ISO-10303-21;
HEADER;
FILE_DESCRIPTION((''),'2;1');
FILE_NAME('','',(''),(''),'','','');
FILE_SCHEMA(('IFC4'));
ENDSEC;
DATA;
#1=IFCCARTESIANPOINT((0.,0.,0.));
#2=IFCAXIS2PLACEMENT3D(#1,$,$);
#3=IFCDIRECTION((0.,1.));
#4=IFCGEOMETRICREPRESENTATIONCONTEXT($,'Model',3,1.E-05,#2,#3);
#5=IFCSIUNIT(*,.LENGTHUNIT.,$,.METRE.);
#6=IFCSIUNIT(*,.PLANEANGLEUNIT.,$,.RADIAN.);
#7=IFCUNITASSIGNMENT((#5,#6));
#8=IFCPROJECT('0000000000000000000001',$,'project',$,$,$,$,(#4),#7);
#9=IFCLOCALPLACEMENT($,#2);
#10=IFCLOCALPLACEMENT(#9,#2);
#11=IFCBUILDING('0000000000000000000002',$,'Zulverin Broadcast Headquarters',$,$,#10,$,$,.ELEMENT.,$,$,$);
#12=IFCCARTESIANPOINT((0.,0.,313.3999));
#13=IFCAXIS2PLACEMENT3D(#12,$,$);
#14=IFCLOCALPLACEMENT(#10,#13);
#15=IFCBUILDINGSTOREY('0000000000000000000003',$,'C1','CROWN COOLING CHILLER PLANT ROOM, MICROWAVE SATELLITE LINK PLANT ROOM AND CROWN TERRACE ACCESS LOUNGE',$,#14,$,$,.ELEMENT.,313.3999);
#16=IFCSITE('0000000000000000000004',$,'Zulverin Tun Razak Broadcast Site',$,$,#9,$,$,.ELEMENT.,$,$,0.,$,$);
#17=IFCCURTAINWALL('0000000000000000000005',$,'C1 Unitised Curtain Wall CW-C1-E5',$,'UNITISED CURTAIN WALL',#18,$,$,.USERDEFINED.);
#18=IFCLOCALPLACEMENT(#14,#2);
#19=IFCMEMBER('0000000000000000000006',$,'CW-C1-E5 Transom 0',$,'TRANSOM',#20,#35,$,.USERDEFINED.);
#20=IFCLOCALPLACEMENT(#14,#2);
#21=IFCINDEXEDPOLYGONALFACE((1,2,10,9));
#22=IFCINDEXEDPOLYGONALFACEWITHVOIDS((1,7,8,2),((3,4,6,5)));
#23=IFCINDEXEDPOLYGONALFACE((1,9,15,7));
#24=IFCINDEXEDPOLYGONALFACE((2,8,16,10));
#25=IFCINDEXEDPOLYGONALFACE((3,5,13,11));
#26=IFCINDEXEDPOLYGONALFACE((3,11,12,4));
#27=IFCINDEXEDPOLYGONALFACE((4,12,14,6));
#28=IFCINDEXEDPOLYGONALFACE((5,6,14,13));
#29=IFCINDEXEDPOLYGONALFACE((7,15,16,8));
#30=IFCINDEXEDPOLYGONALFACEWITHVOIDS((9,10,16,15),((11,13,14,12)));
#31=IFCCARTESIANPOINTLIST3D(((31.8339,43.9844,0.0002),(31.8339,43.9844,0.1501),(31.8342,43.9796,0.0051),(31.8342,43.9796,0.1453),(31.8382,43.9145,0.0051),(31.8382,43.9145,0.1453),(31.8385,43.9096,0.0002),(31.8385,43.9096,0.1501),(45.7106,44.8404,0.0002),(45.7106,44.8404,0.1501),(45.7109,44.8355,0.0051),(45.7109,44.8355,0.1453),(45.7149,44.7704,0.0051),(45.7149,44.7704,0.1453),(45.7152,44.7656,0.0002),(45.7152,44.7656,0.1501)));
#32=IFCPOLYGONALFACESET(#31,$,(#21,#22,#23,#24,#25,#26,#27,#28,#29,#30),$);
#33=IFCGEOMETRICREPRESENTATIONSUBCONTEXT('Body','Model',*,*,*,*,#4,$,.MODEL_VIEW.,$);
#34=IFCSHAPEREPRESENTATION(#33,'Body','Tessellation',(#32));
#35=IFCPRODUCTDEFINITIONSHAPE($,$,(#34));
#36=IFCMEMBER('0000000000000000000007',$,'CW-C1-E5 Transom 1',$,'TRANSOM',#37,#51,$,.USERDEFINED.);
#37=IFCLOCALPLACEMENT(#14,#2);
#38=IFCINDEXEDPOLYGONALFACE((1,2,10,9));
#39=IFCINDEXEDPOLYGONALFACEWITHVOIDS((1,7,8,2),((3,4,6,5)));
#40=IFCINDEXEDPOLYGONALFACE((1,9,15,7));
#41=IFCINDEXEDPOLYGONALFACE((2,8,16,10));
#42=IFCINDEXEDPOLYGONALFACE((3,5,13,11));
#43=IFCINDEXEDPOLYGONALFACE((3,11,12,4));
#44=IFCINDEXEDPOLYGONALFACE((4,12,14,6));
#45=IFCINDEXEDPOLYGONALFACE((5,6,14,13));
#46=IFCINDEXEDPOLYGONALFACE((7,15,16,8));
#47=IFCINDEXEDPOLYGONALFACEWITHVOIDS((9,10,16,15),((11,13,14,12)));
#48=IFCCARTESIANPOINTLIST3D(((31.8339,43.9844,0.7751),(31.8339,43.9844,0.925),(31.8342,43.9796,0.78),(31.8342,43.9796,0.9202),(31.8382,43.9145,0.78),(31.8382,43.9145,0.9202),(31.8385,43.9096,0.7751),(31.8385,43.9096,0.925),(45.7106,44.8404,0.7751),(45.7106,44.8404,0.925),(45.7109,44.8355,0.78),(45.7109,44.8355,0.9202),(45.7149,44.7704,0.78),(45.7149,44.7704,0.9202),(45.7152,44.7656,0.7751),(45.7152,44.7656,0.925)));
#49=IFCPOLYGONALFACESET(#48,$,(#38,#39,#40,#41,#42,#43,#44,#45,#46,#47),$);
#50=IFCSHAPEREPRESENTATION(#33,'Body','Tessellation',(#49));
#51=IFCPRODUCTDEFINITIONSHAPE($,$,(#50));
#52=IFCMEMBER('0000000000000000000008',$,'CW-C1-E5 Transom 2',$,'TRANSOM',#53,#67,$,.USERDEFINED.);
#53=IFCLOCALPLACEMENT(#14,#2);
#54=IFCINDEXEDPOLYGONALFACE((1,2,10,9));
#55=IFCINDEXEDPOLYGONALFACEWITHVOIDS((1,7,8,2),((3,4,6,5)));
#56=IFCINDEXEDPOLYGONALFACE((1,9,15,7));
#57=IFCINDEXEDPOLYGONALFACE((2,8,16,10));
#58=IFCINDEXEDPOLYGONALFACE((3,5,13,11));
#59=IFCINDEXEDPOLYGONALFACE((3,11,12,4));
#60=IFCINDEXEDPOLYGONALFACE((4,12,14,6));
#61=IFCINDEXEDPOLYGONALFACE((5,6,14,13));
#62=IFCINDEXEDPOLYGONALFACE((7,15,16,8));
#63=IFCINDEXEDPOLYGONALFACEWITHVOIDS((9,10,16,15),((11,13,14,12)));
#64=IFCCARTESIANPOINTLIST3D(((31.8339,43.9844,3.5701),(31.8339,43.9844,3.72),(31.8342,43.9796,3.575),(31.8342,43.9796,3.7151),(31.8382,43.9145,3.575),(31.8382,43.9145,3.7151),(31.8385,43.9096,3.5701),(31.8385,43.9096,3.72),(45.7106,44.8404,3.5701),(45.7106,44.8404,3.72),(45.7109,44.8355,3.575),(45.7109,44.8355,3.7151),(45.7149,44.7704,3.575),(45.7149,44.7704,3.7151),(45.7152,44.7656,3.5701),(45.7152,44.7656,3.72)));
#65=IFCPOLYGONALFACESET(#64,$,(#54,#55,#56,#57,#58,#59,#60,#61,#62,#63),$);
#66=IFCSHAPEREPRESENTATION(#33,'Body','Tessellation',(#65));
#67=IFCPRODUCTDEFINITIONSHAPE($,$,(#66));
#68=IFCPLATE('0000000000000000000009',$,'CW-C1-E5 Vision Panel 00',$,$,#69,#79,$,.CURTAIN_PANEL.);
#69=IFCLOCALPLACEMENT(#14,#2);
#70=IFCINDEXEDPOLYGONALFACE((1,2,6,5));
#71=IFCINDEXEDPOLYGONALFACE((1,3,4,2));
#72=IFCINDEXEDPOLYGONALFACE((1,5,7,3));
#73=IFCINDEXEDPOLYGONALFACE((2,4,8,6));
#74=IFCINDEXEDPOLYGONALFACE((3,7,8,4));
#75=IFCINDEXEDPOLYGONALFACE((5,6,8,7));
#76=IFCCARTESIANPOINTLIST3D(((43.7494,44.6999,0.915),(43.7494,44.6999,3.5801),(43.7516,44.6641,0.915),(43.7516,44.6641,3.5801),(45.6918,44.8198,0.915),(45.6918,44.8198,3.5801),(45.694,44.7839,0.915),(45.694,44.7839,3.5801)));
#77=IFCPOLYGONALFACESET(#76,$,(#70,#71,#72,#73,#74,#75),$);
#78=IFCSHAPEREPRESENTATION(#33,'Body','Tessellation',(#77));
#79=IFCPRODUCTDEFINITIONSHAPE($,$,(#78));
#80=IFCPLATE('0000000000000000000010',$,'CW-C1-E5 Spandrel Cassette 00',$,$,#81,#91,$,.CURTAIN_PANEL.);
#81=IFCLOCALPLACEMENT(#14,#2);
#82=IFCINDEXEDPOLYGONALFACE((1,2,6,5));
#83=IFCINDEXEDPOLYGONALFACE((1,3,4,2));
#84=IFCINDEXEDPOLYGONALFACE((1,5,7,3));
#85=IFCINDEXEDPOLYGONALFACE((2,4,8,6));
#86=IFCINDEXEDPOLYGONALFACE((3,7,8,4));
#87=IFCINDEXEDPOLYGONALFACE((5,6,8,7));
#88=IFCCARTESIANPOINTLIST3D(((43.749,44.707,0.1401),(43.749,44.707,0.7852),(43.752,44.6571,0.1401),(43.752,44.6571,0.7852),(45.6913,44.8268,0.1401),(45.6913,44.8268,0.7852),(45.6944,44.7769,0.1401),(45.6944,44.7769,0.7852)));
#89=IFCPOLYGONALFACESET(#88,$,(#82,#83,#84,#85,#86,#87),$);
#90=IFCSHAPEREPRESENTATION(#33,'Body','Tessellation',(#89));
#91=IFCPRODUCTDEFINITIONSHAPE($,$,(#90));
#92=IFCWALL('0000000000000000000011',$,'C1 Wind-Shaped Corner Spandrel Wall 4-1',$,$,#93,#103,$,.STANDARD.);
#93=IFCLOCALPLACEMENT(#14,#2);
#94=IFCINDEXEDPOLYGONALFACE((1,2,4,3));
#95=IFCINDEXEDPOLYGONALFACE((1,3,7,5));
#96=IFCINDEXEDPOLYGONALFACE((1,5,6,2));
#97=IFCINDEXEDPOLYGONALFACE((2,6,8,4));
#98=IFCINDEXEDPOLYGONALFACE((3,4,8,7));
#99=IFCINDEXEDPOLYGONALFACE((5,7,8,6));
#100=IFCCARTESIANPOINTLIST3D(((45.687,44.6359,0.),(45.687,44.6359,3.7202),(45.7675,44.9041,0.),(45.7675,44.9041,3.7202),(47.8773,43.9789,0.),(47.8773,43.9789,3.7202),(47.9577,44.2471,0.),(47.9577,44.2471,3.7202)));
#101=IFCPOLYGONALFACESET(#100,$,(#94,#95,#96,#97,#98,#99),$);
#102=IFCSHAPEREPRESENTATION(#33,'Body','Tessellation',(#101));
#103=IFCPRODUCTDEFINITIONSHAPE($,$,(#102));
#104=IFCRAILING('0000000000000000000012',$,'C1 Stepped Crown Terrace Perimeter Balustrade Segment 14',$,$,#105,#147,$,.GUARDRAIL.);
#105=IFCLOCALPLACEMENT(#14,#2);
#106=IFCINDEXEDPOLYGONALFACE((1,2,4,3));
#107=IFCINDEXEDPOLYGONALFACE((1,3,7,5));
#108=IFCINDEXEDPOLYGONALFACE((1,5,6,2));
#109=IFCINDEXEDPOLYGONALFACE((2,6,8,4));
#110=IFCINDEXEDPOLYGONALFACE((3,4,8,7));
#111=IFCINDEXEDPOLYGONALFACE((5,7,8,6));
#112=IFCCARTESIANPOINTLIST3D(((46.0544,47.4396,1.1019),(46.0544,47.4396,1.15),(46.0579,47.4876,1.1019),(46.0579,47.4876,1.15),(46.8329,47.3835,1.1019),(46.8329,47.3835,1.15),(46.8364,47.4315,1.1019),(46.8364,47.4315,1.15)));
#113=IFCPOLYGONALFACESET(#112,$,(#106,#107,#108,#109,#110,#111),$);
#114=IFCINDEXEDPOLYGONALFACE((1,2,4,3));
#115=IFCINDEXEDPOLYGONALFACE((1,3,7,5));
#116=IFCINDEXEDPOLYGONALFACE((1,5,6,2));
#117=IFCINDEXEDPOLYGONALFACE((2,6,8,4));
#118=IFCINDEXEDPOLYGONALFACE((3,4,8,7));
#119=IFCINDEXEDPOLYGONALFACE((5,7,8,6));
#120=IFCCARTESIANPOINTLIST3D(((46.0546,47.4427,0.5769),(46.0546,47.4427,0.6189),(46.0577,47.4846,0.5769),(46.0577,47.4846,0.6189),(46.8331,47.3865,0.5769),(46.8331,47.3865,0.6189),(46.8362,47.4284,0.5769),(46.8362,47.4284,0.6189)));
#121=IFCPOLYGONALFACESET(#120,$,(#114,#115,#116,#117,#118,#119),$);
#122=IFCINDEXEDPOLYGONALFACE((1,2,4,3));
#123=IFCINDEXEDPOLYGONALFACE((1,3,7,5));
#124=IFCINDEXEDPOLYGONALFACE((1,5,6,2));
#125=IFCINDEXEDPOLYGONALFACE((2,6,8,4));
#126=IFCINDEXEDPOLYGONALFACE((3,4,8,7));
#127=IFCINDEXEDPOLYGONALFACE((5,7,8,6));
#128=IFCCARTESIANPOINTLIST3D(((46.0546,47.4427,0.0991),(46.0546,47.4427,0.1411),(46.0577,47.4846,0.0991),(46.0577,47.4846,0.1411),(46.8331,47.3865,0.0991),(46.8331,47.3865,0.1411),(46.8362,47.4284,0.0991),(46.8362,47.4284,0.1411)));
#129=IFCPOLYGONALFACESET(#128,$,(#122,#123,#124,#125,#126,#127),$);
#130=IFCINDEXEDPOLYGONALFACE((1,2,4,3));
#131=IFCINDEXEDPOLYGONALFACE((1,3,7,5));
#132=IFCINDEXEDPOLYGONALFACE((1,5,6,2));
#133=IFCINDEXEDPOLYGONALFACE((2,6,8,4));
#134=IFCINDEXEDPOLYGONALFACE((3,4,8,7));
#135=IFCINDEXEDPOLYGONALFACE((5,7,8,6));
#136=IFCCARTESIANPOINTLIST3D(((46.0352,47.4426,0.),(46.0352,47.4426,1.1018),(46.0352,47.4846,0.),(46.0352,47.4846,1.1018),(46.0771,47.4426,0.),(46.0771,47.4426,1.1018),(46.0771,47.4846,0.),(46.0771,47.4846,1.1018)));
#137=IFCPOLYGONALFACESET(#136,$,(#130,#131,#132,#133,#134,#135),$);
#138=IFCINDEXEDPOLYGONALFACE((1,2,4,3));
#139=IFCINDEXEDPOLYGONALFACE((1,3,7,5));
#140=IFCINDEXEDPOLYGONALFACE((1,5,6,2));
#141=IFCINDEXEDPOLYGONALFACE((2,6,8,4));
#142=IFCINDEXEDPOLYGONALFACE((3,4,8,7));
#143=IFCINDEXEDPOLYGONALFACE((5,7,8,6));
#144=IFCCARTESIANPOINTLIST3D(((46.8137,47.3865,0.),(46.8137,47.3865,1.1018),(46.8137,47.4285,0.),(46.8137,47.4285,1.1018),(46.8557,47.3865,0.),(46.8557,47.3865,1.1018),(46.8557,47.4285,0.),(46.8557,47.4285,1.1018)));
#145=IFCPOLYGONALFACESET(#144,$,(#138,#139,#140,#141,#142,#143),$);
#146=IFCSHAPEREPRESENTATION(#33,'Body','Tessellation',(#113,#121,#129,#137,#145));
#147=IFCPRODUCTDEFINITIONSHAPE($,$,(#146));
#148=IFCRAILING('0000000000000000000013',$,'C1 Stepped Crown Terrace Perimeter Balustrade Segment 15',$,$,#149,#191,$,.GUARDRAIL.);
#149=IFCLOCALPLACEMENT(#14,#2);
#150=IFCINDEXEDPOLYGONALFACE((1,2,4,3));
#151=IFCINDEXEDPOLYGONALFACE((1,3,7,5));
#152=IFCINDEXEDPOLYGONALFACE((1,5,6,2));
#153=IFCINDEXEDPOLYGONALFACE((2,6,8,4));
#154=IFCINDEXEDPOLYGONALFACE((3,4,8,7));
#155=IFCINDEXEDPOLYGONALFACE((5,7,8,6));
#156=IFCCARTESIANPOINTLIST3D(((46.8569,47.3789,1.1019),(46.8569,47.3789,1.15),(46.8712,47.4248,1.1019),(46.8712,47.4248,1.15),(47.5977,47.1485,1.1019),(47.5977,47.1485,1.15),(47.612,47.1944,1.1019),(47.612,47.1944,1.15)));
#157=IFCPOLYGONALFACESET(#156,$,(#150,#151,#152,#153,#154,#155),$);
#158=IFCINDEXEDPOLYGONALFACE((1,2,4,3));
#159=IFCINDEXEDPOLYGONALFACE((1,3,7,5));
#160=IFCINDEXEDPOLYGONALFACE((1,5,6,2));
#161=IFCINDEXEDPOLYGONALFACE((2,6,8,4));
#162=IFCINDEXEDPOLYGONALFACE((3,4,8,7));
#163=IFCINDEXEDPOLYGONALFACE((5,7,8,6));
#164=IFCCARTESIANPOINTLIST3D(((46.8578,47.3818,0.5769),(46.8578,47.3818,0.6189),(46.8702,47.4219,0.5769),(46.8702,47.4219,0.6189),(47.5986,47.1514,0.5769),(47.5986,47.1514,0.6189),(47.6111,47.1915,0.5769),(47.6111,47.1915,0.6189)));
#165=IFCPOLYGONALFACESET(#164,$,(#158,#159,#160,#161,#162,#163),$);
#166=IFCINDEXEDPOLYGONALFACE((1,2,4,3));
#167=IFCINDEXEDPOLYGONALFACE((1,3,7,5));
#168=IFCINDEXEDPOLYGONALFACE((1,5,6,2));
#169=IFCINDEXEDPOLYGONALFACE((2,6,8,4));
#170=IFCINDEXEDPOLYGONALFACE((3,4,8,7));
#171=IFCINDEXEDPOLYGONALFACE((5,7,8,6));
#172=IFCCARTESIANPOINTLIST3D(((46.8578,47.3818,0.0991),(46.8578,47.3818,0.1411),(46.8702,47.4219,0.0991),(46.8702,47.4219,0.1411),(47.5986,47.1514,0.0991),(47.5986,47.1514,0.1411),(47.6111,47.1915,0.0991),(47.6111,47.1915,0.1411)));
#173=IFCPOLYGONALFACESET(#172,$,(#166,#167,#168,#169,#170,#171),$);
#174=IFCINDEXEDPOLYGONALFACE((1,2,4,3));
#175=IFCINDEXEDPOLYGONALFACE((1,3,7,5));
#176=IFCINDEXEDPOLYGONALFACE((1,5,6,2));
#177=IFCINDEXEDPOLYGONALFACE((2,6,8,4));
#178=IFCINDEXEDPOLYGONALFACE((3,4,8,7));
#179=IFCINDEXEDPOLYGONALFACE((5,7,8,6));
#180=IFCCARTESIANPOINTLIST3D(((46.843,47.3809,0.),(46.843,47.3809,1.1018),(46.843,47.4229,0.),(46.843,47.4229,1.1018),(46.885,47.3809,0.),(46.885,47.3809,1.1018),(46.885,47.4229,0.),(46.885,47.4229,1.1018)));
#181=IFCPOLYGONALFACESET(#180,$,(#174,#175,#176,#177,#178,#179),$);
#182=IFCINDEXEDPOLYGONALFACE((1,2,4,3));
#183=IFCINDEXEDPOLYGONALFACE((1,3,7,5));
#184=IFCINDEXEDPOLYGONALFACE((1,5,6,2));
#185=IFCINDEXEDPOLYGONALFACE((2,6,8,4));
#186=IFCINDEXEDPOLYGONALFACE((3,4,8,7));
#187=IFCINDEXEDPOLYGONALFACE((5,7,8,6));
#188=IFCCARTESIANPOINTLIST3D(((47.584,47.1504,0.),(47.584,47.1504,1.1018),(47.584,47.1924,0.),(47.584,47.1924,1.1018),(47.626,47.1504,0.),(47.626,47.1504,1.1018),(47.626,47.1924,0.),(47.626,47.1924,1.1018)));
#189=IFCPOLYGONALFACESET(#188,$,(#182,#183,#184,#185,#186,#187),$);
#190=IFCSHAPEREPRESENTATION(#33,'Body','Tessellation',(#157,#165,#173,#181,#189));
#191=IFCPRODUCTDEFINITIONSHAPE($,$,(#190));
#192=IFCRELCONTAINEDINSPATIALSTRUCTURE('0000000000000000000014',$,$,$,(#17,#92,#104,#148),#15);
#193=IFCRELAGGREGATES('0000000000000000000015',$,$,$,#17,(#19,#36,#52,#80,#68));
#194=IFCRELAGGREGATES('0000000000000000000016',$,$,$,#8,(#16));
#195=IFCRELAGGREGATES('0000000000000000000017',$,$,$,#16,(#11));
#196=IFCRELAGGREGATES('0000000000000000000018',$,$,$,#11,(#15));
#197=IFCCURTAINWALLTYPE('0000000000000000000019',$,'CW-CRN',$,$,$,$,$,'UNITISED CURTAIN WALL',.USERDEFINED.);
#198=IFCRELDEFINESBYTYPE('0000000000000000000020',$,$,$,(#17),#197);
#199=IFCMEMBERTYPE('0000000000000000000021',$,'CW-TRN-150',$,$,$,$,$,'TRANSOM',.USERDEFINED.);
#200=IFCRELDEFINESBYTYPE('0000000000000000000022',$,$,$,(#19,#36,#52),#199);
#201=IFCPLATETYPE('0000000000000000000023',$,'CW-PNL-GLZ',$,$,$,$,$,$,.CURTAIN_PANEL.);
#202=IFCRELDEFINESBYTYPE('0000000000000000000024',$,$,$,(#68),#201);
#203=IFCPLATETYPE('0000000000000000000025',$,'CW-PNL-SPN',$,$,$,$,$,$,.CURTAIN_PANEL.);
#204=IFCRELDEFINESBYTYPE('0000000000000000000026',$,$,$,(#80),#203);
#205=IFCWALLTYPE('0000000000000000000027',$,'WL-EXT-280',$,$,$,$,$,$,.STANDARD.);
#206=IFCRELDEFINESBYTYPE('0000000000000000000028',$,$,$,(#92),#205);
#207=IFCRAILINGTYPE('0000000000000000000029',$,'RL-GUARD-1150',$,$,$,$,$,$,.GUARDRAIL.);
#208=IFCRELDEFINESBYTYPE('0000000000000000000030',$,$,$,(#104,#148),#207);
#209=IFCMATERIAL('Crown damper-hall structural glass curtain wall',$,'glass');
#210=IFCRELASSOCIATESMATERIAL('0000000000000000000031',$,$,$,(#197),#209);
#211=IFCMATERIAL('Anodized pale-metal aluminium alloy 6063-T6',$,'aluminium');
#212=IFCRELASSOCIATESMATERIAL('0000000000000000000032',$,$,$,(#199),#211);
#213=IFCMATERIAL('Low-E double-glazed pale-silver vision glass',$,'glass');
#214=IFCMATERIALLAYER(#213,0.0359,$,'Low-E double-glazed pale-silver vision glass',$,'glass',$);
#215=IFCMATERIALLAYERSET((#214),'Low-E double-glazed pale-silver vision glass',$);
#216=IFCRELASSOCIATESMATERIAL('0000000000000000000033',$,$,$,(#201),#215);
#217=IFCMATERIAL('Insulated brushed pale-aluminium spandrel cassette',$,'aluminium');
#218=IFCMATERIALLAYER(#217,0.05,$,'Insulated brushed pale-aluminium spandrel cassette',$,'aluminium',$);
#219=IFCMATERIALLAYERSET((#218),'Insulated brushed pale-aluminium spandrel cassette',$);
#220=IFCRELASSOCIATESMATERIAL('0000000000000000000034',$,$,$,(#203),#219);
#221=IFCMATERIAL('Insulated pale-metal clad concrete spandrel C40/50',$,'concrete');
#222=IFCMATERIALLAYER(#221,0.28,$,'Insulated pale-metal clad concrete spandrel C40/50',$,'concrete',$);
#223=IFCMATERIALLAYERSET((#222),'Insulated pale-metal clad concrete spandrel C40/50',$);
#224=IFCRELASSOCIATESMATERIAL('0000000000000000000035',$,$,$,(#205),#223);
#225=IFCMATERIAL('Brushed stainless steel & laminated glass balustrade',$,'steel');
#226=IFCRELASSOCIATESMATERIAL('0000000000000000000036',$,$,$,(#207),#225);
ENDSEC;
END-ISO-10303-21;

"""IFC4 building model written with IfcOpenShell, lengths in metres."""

from ifc_helpers import new_model, si_unit, direction, frame, frame_2d, origin, origin_2d, place, context, subcontext, project, spatial, rectangle, hollow_rectangle, extrude, material, layer, layer_set, material_profile, profile_set, type_object, element, aggregate, save


model = new_model("IFC4")

# Units and contexts
model_context = context("Model", 3, precision=1e-05, world=origin(), true_north=direction((0.0, 1.0)))
body_context = subcontext(model_context, "Body", "Model", "MODEL_VIEW")
ifc_project = project(units=[si_unit("LENGTHUNIT", "METRE"), si_unit("PLANEANGLEUNIT", "RADIAN")], contexts=[model_context])

# Site, building, storey
site_placement = place(None, origin())
site = spatial("IfcSite", under=ifc_project, at=site_placement, Name="Zulverin Tun Razak Broadcast Site", CompositionType="ELEMENT", RefElevation=0.0)
building_placement = place(site_placement, origin())
building = spatial("IfcBuilding", under=site, at=building_placement, Name="Zulverin Broadcast Headquarters", CompositionType="ELEMENT")
storey_placement = place(building_placement, frame((0.0, 0.0, 313.3999)))
storey = spatial("IfcBuildingStorey", under=building, at=storey_placement, Name="C1", Description="CROWN COOLING CHILLER PLANT ROOM, MICROWAVE SATELLITE LINK PLANT ROOM AND CROWN TERRACE ACCESS LOUNGE", CompositionType="ELEMENT", Elevation=313.3999)

# Curtain wall, members, plates
ifc_material_1 = material(Name="Crown damper-hall structural glass curtain wall", Category="glass")
curtain_wall_type = type_object("IfcCurtainWallType", Name="CW-CRN", ElementType="UNITISED CURTAIN WALL", PredefinedType="USERDEFINED", material=ifc_material_1)
curtain_wall_placement = place(storey_placement, origin())
curtain_wall = element("IfcCurtainWall", 1, at=curtain_wall_placement, inside=storey, type_object=curtain_wall_type, Name="C1 Unitised Curtain Wall CW-C1-E5", ObjectType="UNITISED CURTAIN WALL", PredefinedType="USERDEFINED")
ifc_material_2 = material(Name="Anodized pale-metal aluminium alloy 6063-T6", Category="aluminium")
ifc_material_profile_1 = material_profile(ifc_material_2, hollow_rectangle(XDim=0.075, YDim=0.1499, WallThickness=0.0049, at=origin_2d()), Name="Anodized pale-metal aluminium alloy 6063-T6", Category="aluminium")
ifc_profile_set_1 = profile_set([ifc_material_profile_1], Name="Anodized pale-metal aluminium alloy 6063-T6")
member_type_1 = type_object("IfcMemberType", Name="CW-TRN-150", ElementType="TRANSOM", PredefinedType="USERDEFINED", material=ifc_profile_set_1)
member_1_placement = place(storey_placement, frame((45.7129, 44.803, 0.0752), z_axis=(-0.998103, -0.061566, 0.0), x_axis=(0.061566, -0.998103, 0.0)))
member_1 = element("IfcMember", 2, at=member_1_placement, type_object=member_type_1, Name="CW-C1-E5 Transom 0", ObjectType="TRANSOM", PredefinedType="USERDEFINED", context=body_context, shape_type="SweptSolid", body=[
    extrude(hollow_rectangle(XDim=0.075, YDim=0.1499, WallThickness=0.0049, at=origin_2d()), origin(), (0.0, 0.0, 1.0), 13.9031),
])
member_2_placement = place(storey_placement, frame((45.7129, 44.803, 0.8501), z_axis=(-0.998103, -0.061566, 0.0), x_axis=(0.061566, -0.998103, 0.0)))
member_2 = element("IfcMember", 3, at=member_2_placement, type_object=member_type_1, Name="CW-C1-E5 Transom 1", ObjectType="TRANSOM", PredefinedType="USERDEFINED", context=body_context, shape_type="SweptSolid", body=[
    extrude(hollow_rectangle(XDim=0.075, YDim=0.1499, WallThickness=0.0049, at=origin_2d()), origin(), (0.0, 0.0, 1.0), 13.9031),
])
member_3_placement = place(storey_placement, frame((45.7129, 44.803, 3.645), z_axis=(-0.998103, -0.061566, 0.0), x_axis=(0.061566, -0.998103, 0.0)))
member_3 = element("IfcMember", 4, at=member_3_placement, type_object=member_type_1, Name="CW-C1-E5 Transom 2", ObjectType="TRANSOM", PredefinedType="USERDEFINED", context=body_context, shape_type="SweptSolid", body=[
    extrude(hollow_rectangle(XDim=0.075, YDim=0.1499, WallThickness=0.0049, at=origin_2d()), origin(), (0.0, 0.0, 1.0), 13.9031),
])
ifc_material_3 = material(Name="Low-E double-glazed pale-silver vision glass", Category="glass")
ifc_layer_1 = layer(ifc_material_3, 0.0359, Name="Low-E double-glazed pale-silver vision glass", Category="glass")
ifc_layer_set_1 = layer_set([ifc_layer_1], Name="Low-E double-glazed pale-silver vision glass")
plate_type_1 = type_object("IfcPlateType", Name="CW-PNL-GLZ", PredefinedType="CURTAIN_PANEL", material=ifc_layer_set_1)
plate_1_placement = place(storey_placement, frame((44.7217, 44.7419, 0.915), z_axis=(0.0, 0.0, 1.0), x_axis=(-0.998103, -0.061569, 0.0)))
plate_1 = element("IfcPlate", 5, at=plate_1_placement, type_object=plate_type_1, Name="CW-C1-E5 Vision Panel 00", PredefinedType="CURTAIN_PANEL", context=body_context, shape_type="SweptSolid", body=[
    extrude(rectangle(XDim=1.946, YDim=0.0359, at=origin_2d()), origin(), (0.0, 0.0, 1.0), 2.665),
])
ifc_material_4 = material(Name="Insulated brushed pale-aluminium spandrel cassette", Category="aluminium")
ifc_layer_2 = layer(ifc_material_4, 0.05, Name="Insulated brushed pale-aluminium spandrel cassette", Category="aluminium")
ifc_layer_set_2 = layer_set([ifc_layer_2], Name="Insulated brushed pale-aluminium spandrel cassette")
plate_type_2 = type_object("IfcPlateType", Name="CW-PNL-SPN", PredefinedType="CURTAIN_PANEL", material=ifc_layer_set_2)
plate_2_placement = place(storey_placement, frame((44.7217, 44.7419, 0.1401), z_axis=(0.0, 0.0, 1.0), x_axis=(-0.998103, -0.061569, 0.0)))
plate_2 = element("IfcPlate", 6, at=plate_2_placement, type_object=plate_type_2, Name="CW-C1-E5 Spandrel Cassette 00", PredefinedType="CURTAIN_PANEL", context=body_context, shape_type="SweptSolid", body=[
    extrude(rectangle(XDim=1.946, YDim=0.05, at=origin_2d()), origin(), (0.0, 0.0, 1.0), 0.645),
])
aggregate(curtain_wall, [member_1, member_2, member_3, plate_2, plate_1])

# Wall
ifc_material_5 = material(Name="Insulated pale-metal clad concrete spandrel C40/50", Category="concrete")
ifc_layer_3 = layer(ifc_material_5, 0.28, Name="Insulated pale-metal clad concrete spandrel C40/50", Category="concrete")
ifc_layer_set_3 = layer_set([ifc_layer_3], Name="Insulated pale-metal clad concrete spandrel C40/50")
wall_type = type_object("IfcWallType", Name="WL-EXT-280", PredefinedType="STANDARD", material=ifc_layer_set_3)
wall_placement = place(storey_placement, frame((47.9175, 44.113, 0.0), z_axis=(0.0, 0.0, 1.0), x_axis=(-0.957835, 0.287318, 0.0)))
element("IfcWall", 7, at=wall_placement, inside=storey, type_object=wall_type, Name="C1 Wind-Shaped Corner Spandrel Wall 4-1", PredefinedType="STANDARD", context=body_context, shape_type="SweptSolid", body=[
    extrude(rectangle(XDim=2.2866, YDim=0.28, at=frame_2d((1.1433, 0.0))), origin(), (0.0, 0.0, 1.0), 3.7202),
])

# Railings
ifc_material_6 = material(Name="Brushed stainless steel & laminated glass balustrade", Category="steel")
railing_type = type_object("IfcRailingType", Name="RL-GUARD-1150", PredefinedType="GUARDRAIL", material=ifc_material_6)
railing_1_placement = place(storey_placement, frame((46.0562, 47.4636, 0.0)))
element("IfcRailing", 8, at=railing_1_placement, inside=storey, type_object=railing_type, Name="C1 Stepped Crown Terrace Perimeter Balustrade Segment 14", PredefinedType="GUARDRAIL", context=body_context, shape_type="SweptSolid", body=[
    extrude(rectangle(XDim=0.0481, YDim=0.0481, at=origin_2d()), frame((0.0, 0.0, 1.126), z_axis=(0.997409, -0.071936, 0.0), x_axis=(0.071936, 0.997409, 0.0)), (0.0, 0.0, 1.0), 0.7805),
    extrude(rectangle(XDim=0.042, YDim=0.042, at=origin_2d()), frame((0.0, 0.0, 0.5979), z_axis=(0.997409, -0.071936, 0.0), x_axis=(0.071936, 0.997409, 0.0)), (0.0, 0.0, 1.0), 0.7805),
    extrude(rectangle(XDim=0.042, YDim=0.042, at=origin_2d()), frame((0.0, 0.0, 0.1201), z_axis=(0.997409, -0.071936, 0.0), x_axis=(0.071936, 0.997409, 0.0)), (0.0, 0.0, 1.0), 0.7805),
    extrude(rectangle(XDim=0.042, YDim=0.042, at=origin_2d()), origin(), (0.0, 0.0, 1.0), 1.1018),
    extrude(rectangle(XDim=0.042, YDim=0.042, at=origin_2d()), frame((0.7786, -0.0562, 0.0)), (0.0, 0.0, 1.0), 1.1018),
])
railing_2_placement = place(storey_placement, frame((46.864, 47.4019, 0.0)))
element("IfcRailing", 9, at=railing_2_placement, inside=storey, type_object=railing_type, Name="C1 Stepped Crown Terrace Perimeter Balustrade Segment 15", PredefinedType="GUARDRAIL", context=body_context, shape_type="SweptSolid", body=[
    extrude(rectangle(XDim=0.0481, YDim=0.0481, at=origin_2d()), frame((0.0, 0.0, 1.126), z_axis=(0.954877, -0.297003, 0.0), x_axis=(0.297003, 0.954877, 0.0)), (0.0, 0.0, 1.0), 0.7759),
    extrude(rectangle(XDim=0.042, YDim=0.042, at=origin_2d()), frame((0.0, 0.0, 0.5979), z_axis=(0.954877, -0.297003, 0.0), x_axis=(0.297003, 0.954877, 0.0)), (0.0, 0.0, 1.0), 0.7759),
    extrude(rectangle(XDim=0.042, YDim=0.042, at=origin_2d()), frame((0.0, 0.0, 0.1201), z_axis=(0.954877, -0.297003, 0.0), x_axis=(0.297003, 0.954877, 0.0)), (0.0, 0.0, 1.0), 0.7759),
    extrude(rectangle(XDim=0.042, YDim=0.042, at=origin_2d()), origin(), (0.0, 0.0, 1.0), 1.1018),
    extrude(rectangle(XDim=0.042, YDim=0.042, at=origin_2d()), frame((0.741, -0.2305, 0.0)), (0.0, 0.0, 1.0), 1.1018),
])

save(model, "model.ifc")
